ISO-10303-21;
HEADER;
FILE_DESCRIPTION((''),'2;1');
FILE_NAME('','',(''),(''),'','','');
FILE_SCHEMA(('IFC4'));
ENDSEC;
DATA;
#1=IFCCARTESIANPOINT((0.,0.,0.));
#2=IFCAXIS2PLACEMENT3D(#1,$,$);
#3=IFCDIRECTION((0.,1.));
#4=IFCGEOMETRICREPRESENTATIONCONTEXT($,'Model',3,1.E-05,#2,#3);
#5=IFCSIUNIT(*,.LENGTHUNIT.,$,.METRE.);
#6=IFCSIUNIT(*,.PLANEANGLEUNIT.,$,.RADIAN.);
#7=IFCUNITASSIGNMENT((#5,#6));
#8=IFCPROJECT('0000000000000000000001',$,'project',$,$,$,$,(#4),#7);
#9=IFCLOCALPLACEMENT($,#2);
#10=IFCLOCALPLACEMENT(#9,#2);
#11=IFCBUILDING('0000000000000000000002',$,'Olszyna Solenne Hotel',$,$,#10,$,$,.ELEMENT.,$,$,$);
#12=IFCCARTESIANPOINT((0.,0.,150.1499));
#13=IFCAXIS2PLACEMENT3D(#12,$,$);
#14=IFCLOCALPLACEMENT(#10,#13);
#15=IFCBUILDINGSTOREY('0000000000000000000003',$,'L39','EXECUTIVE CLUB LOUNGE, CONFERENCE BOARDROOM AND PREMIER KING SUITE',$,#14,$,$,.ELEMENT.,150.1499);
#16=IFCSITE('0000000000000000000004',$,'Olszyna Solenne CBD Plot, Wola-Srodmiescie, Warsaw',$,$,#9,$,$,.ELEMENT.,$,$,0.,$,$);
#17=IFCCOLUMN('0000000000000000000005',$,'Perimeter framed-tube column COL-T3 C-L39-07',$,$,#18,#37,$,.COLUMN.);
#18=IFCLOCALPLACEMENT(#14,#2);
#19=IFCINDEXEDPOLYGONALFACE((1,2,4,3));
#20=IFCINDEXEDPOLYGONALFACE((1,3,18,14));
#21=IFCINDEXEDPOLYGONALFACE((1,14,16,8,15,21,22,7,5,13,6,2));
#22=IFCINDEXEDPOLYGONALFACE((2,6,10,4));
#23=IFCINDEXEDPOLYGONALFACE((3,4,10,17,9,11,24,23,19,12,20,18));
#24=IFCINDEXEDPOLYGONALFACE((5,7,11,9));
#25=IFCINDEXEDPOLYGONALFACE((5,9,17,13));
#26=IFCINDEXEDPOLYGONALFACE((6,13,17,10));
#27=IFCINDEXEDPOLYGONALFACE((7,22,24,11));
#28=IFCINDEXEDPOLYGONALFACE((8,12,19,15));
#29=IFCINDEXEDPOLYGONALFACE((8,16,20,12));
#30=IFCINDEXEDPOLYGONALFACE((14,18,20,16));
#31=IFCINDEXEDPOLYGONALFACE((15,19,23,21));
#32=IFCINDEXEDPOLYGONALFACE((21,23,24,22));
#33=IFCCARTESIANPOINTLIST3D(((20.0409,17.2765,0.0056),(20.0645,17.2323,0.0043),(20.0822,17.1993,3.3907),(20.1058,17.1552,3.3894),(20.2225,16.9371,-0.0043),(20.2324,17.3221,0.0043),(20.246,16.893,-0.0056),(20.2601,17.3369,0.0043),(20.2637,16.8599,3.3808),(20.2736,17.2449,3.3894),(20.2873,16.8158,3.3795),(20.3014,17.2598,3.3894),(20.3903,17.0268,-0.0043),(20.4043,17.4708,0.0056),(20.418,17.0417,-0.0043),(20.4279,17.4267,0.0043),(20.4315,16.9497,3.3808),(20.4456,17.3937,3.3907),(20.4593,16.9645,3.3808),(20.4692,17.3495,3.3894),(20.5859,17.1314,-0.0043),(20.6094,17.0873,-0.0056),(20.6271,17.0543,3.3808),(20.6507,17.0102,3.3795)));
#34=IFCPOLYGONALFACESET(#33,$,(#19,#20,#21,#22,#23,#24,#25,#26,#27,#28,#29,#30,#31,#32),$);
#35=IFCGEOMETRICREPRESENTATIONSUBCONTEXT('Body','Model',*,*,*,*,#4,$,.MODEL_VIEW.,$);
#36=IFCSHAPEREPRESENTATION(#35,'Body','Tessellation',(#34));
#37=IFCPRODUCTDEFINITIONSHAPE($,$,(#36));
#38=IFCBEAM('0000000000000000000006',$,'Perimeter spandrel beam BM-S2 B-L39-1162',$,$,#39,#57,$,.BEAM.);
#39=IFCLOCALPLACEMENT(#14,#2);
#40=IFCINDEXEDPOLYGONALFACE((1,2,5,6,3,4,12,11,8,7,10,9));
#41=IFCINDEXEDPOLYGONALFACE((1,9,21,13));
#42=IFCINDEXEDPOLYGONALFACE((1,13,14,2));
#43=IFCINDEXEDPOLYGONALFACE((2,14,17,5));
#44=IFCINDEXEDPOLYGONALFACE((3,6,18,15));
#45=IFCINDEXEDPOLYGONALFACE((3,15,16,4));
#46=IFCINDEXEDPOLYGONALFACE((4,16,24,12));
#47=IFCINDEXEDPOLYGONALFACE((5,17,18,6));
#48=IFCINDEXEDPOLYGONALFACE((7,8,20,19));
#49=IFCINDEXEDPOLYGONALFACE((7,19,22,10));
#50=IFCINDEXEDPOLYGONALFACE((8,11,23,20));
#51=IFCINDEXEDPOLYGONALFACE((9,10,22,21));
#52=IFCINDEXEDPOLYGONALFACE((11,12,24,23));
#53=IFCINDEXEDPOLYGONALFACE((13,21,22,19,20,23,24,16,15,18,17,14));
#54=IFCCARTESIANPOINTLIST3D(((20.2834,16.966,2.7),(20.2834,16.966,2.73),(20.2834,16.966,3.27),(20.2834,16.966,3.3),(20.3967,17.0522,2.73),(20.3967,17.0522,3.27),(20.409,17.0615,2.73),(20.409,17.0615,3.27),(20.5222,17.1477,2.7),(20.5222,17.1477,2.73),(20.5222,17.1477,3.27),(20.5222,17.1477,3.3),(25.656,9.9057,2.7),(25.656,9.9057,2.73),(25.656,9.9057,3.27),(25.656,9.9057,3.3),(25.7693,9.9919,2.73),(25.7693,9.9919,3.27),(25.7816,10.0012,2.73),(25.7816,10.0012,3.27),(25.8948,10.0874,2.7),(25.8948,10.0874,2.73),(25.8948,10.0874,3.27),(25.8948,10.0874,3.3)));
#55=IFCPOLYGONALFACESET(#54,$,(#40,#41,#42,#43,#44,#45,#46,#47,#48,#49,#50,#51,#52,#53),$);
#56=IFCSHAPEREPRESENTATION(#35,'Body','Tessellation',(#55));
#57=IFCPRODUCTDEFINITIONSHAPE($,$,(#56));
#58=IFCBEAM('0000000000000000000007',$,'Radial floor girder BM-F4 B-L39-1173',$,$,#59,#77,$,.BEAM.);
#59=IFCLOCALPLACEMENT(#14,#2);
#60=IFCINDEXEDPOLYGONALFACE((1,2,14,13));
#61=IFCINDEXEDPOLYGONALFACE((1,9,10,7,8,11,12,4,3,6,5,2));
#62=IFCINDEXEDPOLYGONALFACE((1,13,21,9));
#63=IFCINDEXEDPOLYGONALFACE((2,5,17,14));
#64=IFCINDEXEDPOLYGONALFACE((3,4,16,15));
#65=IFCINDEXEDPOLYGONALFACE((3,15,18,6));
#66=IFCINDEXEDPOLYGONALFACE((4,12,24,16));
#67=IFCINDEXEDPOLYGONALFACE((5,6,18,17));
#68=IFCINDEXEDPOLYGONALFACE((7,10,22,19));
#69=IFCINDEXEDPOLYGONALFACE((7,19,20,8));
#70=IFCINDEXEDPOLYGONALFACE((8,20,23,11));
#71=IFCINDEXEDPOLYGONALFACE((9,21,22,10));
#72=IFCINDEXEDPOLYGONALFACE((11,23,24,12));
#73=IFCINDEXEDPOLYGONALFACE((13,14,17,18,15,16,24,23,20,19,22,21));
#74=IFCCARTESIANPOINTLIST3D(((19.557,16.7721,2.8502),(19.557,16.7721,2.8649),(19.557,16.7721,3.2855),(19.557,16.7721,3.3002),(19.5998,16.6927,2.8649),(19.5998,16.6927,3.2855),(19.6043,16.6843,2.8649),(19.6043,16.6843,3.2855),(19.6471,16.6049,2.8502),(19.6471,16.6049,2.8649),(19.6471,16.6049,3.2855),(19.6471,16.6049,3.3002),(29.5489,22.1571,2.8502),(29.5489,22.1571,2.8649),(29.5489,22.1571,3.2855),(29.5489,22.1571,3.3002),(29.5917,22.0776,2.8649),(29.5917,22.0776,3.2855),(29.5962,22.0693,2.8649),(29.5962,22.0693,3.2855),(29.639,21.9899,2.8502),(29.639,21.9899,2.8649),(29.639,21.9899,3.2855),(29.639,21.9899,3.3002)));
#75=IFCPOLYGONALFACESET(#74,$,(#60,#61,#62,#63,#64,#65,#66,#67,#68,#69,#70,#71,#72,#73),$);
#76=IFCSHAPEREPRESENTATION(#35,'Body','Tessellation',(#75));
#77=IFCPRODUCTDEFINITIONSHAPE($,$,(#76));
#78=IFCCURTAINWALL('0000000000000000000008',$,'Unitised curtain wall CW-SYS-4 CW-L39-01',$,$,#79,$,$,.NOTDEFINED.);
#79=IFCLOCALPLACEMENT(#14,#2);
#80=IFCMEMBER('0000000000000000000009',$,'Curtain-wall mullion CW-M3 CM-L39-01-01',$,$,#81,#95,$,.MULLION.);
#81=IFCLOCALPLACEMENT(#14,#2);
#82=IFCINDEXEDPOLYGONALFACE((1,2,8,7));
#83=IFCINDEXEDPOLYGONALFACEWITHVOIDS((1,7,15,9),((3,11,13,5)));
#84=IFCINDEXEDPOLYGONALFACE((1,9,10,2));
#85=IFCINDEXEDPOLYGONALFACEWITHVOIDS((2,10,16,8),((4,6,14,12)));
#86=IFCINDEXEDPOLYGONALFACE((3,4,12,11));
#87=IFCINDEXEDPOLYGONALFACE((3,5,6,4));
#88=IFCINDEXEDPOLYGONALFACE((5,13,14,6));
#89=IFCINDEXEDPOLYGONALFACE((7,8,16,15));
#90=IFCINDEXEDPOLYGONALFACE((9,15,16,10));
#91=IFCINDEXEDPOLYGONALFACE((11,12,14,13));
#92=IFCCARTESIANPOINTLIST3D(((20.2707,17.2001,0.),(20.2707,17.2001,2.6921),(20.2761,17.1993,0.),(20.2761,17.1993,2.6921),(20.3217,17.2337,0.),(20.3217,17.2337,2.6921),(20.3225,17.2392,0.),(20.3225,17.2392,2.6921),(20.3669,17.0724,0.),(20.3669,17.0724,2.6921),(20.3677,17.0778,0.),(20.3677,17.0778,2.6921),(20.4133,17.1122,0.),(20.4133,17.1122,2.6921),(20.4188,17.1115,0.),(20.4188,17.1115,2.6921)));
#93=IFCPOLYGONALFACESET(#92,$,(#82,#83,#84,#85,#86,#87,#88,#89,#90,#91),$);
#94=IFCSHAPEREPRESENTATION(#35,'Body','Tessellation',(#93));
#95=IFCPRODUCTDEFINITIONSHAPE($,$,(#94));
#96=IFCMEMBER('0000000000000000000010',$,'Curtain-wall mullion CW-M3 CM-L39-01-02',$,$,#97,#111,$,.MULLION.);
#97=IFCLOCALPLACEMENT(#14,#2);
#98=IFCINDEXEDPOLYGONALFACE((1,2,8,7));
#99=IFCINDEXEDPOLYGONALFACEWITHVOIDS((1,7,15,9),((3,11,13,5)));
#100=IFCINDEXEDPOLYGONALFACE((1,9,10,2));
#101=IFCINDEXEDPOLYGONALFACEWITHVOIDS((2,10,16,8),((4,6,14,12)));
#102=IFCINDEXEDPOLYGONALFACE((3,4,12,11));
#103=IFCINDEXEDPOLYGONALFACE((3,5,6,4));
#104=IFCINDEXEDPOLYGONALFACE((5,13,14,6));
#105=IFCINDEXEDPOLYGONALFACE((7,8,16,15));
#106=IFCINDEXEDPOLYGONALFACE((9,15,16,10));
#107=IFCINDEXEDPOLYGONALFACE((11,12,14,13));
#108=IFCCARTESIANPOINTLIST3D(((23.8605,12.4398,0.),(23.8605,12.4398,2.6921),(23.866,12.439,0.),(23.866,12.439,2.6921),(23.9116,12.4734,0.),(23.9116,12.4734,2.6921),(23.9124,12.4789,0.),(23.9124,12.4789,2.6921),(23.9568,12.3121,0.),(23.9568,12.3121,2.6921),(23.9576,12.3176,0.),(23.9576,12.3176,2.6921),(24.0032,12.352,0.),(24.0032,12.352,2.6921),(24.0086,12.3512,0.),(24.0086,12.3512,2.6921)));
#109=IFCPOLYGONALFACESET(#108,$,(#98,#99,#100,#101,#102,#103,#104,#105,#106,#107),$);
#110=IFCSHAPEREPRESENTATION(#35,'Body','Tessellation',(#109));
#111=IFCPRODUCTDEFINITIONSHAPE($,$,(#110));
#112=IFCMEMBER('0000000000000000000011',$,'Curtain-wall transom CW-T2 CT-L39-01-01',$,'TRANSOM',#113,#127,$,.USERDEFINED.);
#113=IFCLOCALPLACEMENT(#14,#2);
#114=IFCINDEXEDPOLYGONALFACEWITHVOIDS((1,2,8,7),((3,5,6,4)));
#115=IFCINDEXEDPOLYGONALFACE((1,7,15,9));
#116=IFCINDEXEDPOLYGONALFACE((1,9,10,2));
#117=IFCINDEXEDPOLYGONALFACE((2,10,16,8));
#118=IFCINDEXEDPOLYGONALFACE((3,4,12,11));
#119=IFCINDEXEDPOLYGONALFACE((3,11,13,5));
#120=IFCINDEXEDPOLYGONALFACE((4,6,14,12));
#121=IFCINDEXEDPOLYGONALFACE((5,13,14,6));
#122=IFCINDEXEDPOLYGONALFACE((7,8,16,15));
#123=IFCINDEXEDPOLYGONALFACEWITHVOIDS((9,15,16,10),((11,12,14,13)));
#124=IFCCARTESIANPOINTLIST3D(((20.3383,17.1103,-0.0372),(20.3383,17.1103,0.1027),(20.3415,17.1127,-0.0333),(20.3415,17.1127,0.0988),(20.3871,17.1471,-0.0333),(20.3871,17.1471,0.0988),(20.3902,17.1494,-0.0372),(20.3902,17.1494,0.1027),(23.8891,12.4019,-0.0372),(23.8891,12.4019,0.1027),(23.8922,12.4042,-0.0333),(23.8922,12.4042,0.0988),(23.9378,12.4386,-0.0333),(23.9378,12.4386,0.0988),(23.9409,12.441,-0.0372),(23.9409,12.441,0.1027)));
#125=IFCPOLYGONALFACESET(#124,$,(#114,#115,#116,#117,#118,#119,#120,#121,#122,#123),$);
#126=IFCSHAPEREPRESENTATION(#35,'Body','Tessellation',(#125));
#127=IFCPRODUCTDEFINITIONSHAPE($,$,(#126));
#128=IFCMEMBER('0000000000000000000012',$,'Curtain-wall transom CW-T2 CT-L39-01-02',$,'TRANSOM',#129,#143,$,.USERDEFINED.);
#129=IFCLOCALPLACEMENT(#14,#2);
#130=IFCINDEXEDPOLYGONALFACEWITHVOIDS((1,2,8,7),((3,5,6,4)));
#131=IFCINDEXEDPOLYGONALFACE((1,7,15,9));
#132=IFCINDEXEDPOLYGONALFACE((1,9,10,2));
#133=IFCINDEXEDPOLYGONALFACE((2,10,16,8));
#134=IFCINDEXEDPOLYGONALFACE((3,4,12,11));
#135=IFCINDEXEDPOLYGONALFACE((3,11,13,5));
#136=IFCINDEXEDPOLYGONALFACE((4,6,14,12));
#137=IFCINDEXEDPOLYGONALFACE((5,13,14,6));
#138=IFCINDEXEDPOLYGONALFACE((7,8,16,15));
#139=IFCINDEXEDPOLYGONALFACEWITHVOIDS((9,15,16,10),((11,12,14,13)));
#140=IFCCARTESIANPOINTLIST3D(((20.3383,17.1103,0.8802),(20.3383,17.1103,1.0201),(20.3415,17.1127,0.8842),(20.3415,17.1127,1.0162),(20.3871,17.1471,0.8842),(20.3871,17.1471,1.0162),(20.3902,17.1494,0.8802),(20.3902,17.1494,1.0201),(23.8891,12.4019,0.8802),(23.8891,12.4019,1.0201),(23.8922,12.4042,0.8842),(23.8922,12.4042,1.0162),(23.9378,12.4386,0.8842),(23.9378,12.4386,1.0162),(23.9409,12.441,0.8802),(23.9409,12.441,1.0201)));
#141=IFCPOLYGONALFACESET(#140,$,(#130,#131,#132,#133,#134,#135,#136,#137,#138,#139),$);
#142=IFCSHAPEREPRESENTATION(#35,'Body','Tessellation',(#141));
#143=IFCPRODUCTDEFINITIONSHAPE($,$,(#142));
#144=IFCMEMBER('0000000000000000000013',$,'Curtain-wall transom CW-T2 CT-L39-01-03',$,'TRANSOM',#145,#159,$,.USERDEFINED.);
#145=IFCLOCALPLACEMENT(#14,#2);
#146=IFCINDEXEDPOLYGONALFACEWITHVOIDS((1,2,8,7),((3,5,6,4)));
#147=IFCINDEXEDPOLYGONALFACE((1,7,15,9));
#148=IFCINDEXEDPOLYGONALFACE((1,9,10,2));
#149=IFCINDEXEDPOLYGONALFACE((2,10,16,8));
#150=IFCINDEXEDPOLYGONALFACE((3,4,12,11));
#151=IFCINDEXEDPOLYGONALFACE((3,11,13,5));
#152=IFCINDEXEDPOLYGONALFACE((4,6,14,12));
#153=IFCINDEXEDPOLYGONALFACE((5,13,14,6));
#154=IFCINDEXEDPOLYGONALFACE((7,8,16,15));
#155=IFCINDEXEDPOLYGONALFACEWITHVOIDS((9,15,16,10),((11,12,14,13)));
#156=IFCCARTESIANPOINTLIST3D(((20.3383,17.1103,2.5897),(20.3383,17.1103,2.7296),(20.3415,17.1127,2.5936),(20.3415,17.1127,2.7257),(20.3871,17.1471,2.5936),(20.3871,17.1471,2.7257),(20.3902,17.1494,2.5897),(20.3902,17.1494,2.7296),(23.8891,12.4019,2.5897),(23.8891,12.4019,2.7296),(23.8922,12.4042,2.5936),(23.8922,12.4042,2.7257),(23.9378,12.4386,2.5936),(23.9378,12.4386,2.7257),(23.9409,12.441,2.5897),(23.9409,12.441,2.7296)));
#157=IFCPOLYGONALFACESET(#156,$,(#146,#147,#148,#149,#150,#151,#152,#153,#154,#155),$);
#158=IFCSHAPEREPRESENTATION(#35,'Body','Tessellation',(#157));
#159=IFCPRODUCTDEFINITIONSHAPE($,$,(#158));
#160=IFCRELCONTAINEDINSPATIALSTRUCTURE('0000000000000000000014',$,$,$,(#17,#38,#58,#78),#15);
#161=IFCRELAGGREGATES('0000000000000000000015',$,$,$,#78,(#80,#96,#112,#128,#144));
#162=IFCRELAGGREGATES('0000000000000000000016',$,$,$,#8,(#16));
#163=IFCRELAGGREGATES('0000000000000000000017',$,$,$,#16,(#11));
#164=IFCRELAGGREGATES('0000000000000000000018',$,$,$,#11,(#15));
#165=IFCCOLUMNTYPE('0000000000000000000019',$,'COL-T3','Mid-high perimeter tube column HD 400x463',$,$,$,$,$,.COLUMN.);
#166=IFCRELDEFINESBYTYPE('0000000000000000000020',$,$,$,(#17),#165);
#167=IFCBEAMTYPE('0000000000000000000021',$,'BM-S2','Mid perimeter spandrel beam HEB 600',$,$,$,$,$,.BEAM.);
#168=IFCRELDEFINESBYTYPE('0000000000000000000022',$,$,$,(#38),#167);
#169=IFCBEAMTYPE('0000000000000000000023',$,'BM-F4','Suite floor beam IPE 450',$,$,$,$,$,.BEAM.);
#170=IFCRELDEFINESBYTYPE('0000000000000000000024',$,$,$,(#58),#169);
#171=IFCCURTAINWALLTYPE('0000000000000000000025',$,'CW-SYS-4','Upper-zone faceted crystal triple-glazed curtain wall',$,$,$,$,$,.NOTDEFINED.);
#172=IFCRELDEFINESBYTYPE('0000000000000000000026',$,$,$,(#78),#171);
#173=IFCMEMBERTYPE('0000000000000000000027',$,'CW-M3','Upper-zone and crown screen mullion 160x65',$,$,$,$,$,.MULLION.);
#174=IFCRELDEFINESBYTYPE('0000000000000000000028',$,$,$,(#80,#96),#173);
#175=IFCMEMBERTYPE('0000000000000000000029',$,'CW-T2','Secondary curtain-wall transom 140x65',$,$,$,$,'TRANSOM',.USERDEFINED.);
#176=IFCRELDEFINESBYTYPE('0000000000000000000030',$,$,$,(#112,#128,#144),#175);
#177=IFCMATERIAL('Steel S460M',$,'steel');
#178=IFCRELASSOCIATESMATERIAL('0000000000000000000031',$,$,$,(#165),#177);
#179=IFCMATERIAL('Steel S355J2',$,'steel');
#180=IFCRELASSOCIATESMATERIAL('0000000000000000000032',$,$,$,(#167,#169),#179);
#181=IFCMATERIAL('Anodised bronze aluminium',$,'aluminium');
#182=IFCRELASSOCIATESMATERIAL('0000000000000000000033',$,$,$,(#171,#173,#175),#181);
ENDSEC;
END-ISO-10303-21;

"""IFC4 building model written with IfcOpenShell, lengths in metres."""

from ifc_helpers import new_model, si_unit, direction, frame, origin, origin_2d, place, context, subcontext, project, spatial, hollow_rectangle, i_section, extrude, source, transform, mapped, material, material_profile, profile_set, type_object, element, aggregate, save


model = new_model("IFC4")

# Units and contexts
model_context = context("Model", 3, precision=1e-05, world=origin(), true_north=direction((0.0, 1.0)))
body_context = subcontext(model_context, "Body", "Model", "MODEL_VIEW")
ifc_project = project(units=[si_unit("LENGTHUNIT", "METRE"), si_unit("PLANEANGLEUNIT", "RADIAN")], contexts=[model_context])

# Site, building, storey
site_placement = place(None, origin())
site = spatial("IfcSite", under=ifc_project, at=site_placement, Name="Olszyna Solenne CBD Plot, Wola-Srodmiescie, Warsaw", CompositionType="ELEMENT", RefElevation=0.0)
building_placement = place(site_placement, origin())
building = spatial("IfcBuilding", under=site, at=building_placement, Name="Olszyna Solenne Hotel", CompositionType="ELEMENT")
storey_placement = place(building_placement, frame((0.0, 0.0, 150.1499)))
storey = spatial("IfcBuildingStorey", under=building, at=storey_placement, Name="L39", Description="EXECUTIVE CLUB LOUNGE, CONFERENCE BOARDROOM AND PREMIER KING SUITE", CompositionType="ELEMENT", Elevation=150.1499)

# Column
ifc_material_1 = material(Name="Steel S460M", Category="steel")
ifc_material_profile_1 = material_profile(ifc_material_1, i_section(OverallWidth=0.4121, OverallDepth=0.4351, WebThickness=0.0315, FlangeThickness=0.05, at=origin_2d()), Name="HD 400x463", Category="load-bearing")
ifc_profile_set_1 = profile_set([ifc_material_profile_1], Name="Steel S460M")
column_type = type_object("IfcColumnType", Name="COL-T3", Description="Mid-high perimeter tube column HD 400x463", PredefinedType="COLUMN", material=ifc_profile_set_1)
shared_shape_1 = source(origin(), body_context, "Body", "SweptSolid", [
    extrude(i_section(OverallWidth=0.4121, OverallDepth=0.4351, WebThickness=0.0315, FlangeThickness=0.05, at=origin_2d()), origin(), (0.0, 0.0, 1.0), 3.3862),
])
column_placement = place(storey_placement, frame((20.3252, 17.1819, 0.0), z_axis=(0.012185, -0.022784, 0.999666), x_axis=(0.881812, 0.471602, 0.0)))
element("IfcColumn", 1, at=column_placement, inside=storey, type_object=column_type, Name="Perimeter framed-tube column COL-T3 C-L39-07", PredefinedType="COLUMN", context=body_context, shape_type="MappedRepresentation", body=[
    mapped(shared_shape_1, transform((0.0, 0.0, 0.0), x_axis=(1.0, 0.0, 0.0), y_axis=(0.0, 1.0, 0.0), z_axis=(0.0, 0.0, 1.0), scale=1.0)),
])

# Beams
ifc_material_2 = material(Name="Steel S355J2", Category="steel")
ifc_material_profile_2 = material_profile(ifc_material_2, i_section(OverallWidth=0.3, OverallDepth=0.6001, WebThickness=0.0154, FlangeThickness=0.03, at=origin_2d()), Name="HEB 600", Category="load-bearing")
ifc_profile_set_2 = profile_set([ifc_material_profile_2], Name="Steel S355J2")
beam_type_1 = type_object("IfcBeamType", Name="BM-S2", Description="Mid perimeter spandrel beam HEB 600", PredefinedType="BEAM", material=ifc_profile_set_2)
shared_shape_2 = source(origin(), body_context, "Body", "SweptSolid", [
    extrude(i_section(OverallWidth=0.3, OverallDepth=0.6001, WebThickness=0.0154, FlangeThickness=0.03, at=origin_2d()), origin(), (0.0, 0.0, 1.0), 8.8721),
])
beam_1_placement = place(storey_placement, frame((20.4028, 17.0569, 3.0), z_axis=(0.605564, -0.795797, 0.0), x_axis=(0.795797, 0.605564, 0.0)))
element("IfcBeam", 2, at=beam_1_placement, inside=storey, type_object=beam_type_1, Name="Perimeter spandrel beam BM-S2 B-L39-1162", PredefinedType="BEAM", context=body_context, shape_type="MappedRepresentation", body=[
    mapped(shared_shape_2, transform((0.0, 0.0, 0.0), x_axis=(1.0, 0.0, 0.0), y_axis=(0.0, 1.0, 0.0), z_axis=(0.0, 0.0, 1.0), scale=1.0)),
])
ifc_material_profile_3 = material_profile(ifc_material_2, i_section(OverallWidth=0.1899, OverallDepth=0.45, WebThickness=0.0095, FlangeThickness=0.0146, at=origin_2d()), Name="IPE 450", Category="load-bearing")
ifc_profile_set_3 = profile_set([ifc_material_profile_3], Name="Steel S355J2")
beam_type_2 = type_object("IfcBeamType", Name="BM-F4", Description="Suite floor beam IPE 450", PredefinedType="BEAM", material=ifc_profile_set_3)
shared_shape_3 = source(origin(), body_context, "Body", "SweptSolid", [
    extrude(i_section(OverallWidth=0.1899, OverallDepth=0.45, WebThickness=0.0095, FlangeThickness=0.0146, at=origin_2d()), origin(), (0.0, 0.0, 1.0), 11.3506),
])
beam_2_placement = place(storey_placement, frame((19.6021, 16.6885, 3.0752), z_axis=(0.880297, 0.474423, 0.0), x_axis=(-0.474423, 0.880297, 0.0)))
element("IfcBeam", 3, at=beam_2_placement, inside=storey, type_object=beam_type_2, Name="Radial floor girder BM-F4 B-L39-1173", PredefinedType="BEAM", context=body_context, shape_type="MappedRepresentation", body=[
    mapped(shared_shape_3, transform((0.0, 0.0, 0.0), x_axis=(1.0, 0.0, 0.0), y_axis=(0.0, 1.0, 0.0), z_axis=(0.0, 0.0, 1.0), scale=1.0)),
])

# Curtain wall, members
ifc_material_3 = material(Name="Anodised bronze aluminium", Category="aluminium")
curtain_wall_type = type_object("IfcCurtainWallType", Name="CW-SYS-4", Description="Upper-zone faceted crystal triple-glazed curtain wall", PredefinedType="NOTDEFINED", material=ifc_material_3)
curtain_wall_placement = place(storey_placement, origin())
curtain_wall = element("IfcCurtainWall", 4, at=curtain_wall_placement, inside=storey, type_object=curtain_wall_type, Name="Unitised curtain wall CW-SYS-4 CW-L39-01", PredefinedType="NOTDEFINED")
ifc_material_profile_4 = material_profile(ifc_material_3, hollow_rectangle(XDim=0.0649, YDim=0.1599, WallThickness=0.0039, at=origin_2d()), Name="MULL 160x65x4", Category="load-bearing")
ifc_profile_set_4 = profile_set([ifc_material_profile_4], Name="Anodised bronze aluminium")
member_type_1 = type_object("IfcMemberType", Name="CW-M3", Description="Upper-zone and crown screen mullion 160x65", PredefinedType="MULLION", material=ifc_profile_set_4)
shared_shape_4 = source(origin(), body_context, "Body", "SweptSolid", [
    extrude(hollow_rectangle(XDim=0.0649, YDim=0.1599, WallThickness=0.0039, at=origin_2d()), origin(), (0.0, 0.0, 1.0), 2.6921),
])
member_1_placement = place(storey_placement, frame((20.3447, 17.1558, 0.0), z_axis=(0.0, 0.0, 1.0), x_axis=(0.798436, 0.60208, 0.0)))
member_1 = element("IfcMember", 5, at=member_1_placement, type_object=member_type_1, Name="Curtain-wall mullion CW-M3 CM-L39-01-01", PredefinedType="MULLION", context=body_context, shape_type="MappedRepresentation", body=[
    mapped(shared_shape_4, transform((0.0, 0.0, 0.0), x_axis=(1.0, 0.0, 0.0), y_axis=(0.0, 1.0, 0.0), z_axis=(0.0, 0.0, 1.0), scale=1.0)),
])
member_2_placement = place(storey_placement, frame((23.9346, 12.3955, 0.0), z_axis=(0.0, 0.0, 1.0), x_axis=(0.798436, 0.60208, 0.0)))
member_2 = element("IfcMember", 6, at=member_2_placement, type_object=member_type_1, Name="Curtain-wall mullion CW-M3 CM-L39-01-02", PredefinedType="MULLION", context=body_context, shape_type="MappedRepresentation", body=[
    mapped(shared_shape_4, transform((0.0, 0.0, 0.0), x_axis=(1.0, 0.0, 0.0), y_axis=(0.0, 1.0, 0.0), z_axis=(0.0, 0.0, 1.0), scale=1.0)),
])
ifc_material_profile_5 = material_profile(ifc_material_3, hollow_rectangle(XDim=0.0649, YDim=0.1399, WallThickness=0.0039, at=origin_2d()), Name="TRAN 140x65x4", Category="load-bearing")
ifc_profile_set_5 = profile_set([ifc_material_profile_5], Name="Anodised bronze aluminium")
member_type_2 = type_object("IfcMemberType", Name="CW-T2", Description="Secondary curtain-wall transom 140x65", ElementType="TRANSOM", PredefinedType="USERDEFINED", material=ifc_profile_set_5)
shared_shape_5 = source(origin(), body_context, "Body", "SweptSolid", [
    extrude(hollow_rectangle(XDim=0.0649, YDim=0.1399, WallThickness=0.0039, at=origin_2d()), origin(), (0.0, 0.0, 1.0), 5.8972),
])
member_3_placement = place(storey_placement, frame((20.3643, 17.1299, 0.0327), z_axis=(0.602104, -0.798417, 0.0), x_axis=(0.798417, 0.602104, 0.0)))
member_3 = element("IfcMember", 7, at=member_3_placement, type_object=member_type_2, Name="Curtain-wall transom CW-T2 CT-L39-01-01", ObjectType="TRANSOM", PredefinedType="USERDEFINED", context=body_context, shape_type="MappedRepresentation", body=[
    mapped(shared_shape_5, transform((0.0, 0.0, 0.0), x_axis=(1.0, 0.0, 0.0), y_axis=(0.0, 1.0, 0.0), z_axis=(0.0, 0.0, 1.0), scale=1.0)),
])
member_4_placement = place(storey_placement, frame((20.3643, 17.1299, 0.9502), z_axis=(0.602104, -0.798417, 0.0), x_axis=(0.798417, 0.602104, 0.0)))
member_4 = element("IfcMember", 8, at=member_4_placement, type_object=member_type_2, Name="Curtain-wall transom CW-T2 CT-L39-01-02", ObjectType="TRANSOM", PredefinedType="USERDEFINED", context=body_context, shape_type="MappedRepresentation", body=[
    mapped(shared_shape_5, transform((0.0, 0.0, 0.0), x_axis=(1.0, 0.0, 0.0), y_axis=(0.0, 1.0, 0.0), z_axis=(0.0, 0.0, 1.0), scale=1.0)),
])
member_5_placement = place(storey_placement, frame((20.3643, 17.1299, 2.6597), z_axis=(0.602104, -0.798417, 0.0), x_axis=(0.798417, 0.602104, 0.0)))
member_5 = element("IfcMember", 9, at=member_5_placement, type_object=member_type_2, Name="Curtain-wall transom CW-T2 CT-L39-01-03", ObjectType="TRANSOM", PredefinedType="USERDEFINED", context=body_context, shape_type="MappedRepresentation", body=[
    mapped(shared_shape_5, transform((0.0, 0.0, 0.0), x_axis=(1.0, 0.0, 0.0), y_axis=(0.0, 1.0, 0.0), z_axis=(0.0, 0.0, 1.0), scale=1.0)),
])

aggregate(curtain_wall, [member_1, member_2, member_3, member_4, member_5])

save(model, "model.ifc")
